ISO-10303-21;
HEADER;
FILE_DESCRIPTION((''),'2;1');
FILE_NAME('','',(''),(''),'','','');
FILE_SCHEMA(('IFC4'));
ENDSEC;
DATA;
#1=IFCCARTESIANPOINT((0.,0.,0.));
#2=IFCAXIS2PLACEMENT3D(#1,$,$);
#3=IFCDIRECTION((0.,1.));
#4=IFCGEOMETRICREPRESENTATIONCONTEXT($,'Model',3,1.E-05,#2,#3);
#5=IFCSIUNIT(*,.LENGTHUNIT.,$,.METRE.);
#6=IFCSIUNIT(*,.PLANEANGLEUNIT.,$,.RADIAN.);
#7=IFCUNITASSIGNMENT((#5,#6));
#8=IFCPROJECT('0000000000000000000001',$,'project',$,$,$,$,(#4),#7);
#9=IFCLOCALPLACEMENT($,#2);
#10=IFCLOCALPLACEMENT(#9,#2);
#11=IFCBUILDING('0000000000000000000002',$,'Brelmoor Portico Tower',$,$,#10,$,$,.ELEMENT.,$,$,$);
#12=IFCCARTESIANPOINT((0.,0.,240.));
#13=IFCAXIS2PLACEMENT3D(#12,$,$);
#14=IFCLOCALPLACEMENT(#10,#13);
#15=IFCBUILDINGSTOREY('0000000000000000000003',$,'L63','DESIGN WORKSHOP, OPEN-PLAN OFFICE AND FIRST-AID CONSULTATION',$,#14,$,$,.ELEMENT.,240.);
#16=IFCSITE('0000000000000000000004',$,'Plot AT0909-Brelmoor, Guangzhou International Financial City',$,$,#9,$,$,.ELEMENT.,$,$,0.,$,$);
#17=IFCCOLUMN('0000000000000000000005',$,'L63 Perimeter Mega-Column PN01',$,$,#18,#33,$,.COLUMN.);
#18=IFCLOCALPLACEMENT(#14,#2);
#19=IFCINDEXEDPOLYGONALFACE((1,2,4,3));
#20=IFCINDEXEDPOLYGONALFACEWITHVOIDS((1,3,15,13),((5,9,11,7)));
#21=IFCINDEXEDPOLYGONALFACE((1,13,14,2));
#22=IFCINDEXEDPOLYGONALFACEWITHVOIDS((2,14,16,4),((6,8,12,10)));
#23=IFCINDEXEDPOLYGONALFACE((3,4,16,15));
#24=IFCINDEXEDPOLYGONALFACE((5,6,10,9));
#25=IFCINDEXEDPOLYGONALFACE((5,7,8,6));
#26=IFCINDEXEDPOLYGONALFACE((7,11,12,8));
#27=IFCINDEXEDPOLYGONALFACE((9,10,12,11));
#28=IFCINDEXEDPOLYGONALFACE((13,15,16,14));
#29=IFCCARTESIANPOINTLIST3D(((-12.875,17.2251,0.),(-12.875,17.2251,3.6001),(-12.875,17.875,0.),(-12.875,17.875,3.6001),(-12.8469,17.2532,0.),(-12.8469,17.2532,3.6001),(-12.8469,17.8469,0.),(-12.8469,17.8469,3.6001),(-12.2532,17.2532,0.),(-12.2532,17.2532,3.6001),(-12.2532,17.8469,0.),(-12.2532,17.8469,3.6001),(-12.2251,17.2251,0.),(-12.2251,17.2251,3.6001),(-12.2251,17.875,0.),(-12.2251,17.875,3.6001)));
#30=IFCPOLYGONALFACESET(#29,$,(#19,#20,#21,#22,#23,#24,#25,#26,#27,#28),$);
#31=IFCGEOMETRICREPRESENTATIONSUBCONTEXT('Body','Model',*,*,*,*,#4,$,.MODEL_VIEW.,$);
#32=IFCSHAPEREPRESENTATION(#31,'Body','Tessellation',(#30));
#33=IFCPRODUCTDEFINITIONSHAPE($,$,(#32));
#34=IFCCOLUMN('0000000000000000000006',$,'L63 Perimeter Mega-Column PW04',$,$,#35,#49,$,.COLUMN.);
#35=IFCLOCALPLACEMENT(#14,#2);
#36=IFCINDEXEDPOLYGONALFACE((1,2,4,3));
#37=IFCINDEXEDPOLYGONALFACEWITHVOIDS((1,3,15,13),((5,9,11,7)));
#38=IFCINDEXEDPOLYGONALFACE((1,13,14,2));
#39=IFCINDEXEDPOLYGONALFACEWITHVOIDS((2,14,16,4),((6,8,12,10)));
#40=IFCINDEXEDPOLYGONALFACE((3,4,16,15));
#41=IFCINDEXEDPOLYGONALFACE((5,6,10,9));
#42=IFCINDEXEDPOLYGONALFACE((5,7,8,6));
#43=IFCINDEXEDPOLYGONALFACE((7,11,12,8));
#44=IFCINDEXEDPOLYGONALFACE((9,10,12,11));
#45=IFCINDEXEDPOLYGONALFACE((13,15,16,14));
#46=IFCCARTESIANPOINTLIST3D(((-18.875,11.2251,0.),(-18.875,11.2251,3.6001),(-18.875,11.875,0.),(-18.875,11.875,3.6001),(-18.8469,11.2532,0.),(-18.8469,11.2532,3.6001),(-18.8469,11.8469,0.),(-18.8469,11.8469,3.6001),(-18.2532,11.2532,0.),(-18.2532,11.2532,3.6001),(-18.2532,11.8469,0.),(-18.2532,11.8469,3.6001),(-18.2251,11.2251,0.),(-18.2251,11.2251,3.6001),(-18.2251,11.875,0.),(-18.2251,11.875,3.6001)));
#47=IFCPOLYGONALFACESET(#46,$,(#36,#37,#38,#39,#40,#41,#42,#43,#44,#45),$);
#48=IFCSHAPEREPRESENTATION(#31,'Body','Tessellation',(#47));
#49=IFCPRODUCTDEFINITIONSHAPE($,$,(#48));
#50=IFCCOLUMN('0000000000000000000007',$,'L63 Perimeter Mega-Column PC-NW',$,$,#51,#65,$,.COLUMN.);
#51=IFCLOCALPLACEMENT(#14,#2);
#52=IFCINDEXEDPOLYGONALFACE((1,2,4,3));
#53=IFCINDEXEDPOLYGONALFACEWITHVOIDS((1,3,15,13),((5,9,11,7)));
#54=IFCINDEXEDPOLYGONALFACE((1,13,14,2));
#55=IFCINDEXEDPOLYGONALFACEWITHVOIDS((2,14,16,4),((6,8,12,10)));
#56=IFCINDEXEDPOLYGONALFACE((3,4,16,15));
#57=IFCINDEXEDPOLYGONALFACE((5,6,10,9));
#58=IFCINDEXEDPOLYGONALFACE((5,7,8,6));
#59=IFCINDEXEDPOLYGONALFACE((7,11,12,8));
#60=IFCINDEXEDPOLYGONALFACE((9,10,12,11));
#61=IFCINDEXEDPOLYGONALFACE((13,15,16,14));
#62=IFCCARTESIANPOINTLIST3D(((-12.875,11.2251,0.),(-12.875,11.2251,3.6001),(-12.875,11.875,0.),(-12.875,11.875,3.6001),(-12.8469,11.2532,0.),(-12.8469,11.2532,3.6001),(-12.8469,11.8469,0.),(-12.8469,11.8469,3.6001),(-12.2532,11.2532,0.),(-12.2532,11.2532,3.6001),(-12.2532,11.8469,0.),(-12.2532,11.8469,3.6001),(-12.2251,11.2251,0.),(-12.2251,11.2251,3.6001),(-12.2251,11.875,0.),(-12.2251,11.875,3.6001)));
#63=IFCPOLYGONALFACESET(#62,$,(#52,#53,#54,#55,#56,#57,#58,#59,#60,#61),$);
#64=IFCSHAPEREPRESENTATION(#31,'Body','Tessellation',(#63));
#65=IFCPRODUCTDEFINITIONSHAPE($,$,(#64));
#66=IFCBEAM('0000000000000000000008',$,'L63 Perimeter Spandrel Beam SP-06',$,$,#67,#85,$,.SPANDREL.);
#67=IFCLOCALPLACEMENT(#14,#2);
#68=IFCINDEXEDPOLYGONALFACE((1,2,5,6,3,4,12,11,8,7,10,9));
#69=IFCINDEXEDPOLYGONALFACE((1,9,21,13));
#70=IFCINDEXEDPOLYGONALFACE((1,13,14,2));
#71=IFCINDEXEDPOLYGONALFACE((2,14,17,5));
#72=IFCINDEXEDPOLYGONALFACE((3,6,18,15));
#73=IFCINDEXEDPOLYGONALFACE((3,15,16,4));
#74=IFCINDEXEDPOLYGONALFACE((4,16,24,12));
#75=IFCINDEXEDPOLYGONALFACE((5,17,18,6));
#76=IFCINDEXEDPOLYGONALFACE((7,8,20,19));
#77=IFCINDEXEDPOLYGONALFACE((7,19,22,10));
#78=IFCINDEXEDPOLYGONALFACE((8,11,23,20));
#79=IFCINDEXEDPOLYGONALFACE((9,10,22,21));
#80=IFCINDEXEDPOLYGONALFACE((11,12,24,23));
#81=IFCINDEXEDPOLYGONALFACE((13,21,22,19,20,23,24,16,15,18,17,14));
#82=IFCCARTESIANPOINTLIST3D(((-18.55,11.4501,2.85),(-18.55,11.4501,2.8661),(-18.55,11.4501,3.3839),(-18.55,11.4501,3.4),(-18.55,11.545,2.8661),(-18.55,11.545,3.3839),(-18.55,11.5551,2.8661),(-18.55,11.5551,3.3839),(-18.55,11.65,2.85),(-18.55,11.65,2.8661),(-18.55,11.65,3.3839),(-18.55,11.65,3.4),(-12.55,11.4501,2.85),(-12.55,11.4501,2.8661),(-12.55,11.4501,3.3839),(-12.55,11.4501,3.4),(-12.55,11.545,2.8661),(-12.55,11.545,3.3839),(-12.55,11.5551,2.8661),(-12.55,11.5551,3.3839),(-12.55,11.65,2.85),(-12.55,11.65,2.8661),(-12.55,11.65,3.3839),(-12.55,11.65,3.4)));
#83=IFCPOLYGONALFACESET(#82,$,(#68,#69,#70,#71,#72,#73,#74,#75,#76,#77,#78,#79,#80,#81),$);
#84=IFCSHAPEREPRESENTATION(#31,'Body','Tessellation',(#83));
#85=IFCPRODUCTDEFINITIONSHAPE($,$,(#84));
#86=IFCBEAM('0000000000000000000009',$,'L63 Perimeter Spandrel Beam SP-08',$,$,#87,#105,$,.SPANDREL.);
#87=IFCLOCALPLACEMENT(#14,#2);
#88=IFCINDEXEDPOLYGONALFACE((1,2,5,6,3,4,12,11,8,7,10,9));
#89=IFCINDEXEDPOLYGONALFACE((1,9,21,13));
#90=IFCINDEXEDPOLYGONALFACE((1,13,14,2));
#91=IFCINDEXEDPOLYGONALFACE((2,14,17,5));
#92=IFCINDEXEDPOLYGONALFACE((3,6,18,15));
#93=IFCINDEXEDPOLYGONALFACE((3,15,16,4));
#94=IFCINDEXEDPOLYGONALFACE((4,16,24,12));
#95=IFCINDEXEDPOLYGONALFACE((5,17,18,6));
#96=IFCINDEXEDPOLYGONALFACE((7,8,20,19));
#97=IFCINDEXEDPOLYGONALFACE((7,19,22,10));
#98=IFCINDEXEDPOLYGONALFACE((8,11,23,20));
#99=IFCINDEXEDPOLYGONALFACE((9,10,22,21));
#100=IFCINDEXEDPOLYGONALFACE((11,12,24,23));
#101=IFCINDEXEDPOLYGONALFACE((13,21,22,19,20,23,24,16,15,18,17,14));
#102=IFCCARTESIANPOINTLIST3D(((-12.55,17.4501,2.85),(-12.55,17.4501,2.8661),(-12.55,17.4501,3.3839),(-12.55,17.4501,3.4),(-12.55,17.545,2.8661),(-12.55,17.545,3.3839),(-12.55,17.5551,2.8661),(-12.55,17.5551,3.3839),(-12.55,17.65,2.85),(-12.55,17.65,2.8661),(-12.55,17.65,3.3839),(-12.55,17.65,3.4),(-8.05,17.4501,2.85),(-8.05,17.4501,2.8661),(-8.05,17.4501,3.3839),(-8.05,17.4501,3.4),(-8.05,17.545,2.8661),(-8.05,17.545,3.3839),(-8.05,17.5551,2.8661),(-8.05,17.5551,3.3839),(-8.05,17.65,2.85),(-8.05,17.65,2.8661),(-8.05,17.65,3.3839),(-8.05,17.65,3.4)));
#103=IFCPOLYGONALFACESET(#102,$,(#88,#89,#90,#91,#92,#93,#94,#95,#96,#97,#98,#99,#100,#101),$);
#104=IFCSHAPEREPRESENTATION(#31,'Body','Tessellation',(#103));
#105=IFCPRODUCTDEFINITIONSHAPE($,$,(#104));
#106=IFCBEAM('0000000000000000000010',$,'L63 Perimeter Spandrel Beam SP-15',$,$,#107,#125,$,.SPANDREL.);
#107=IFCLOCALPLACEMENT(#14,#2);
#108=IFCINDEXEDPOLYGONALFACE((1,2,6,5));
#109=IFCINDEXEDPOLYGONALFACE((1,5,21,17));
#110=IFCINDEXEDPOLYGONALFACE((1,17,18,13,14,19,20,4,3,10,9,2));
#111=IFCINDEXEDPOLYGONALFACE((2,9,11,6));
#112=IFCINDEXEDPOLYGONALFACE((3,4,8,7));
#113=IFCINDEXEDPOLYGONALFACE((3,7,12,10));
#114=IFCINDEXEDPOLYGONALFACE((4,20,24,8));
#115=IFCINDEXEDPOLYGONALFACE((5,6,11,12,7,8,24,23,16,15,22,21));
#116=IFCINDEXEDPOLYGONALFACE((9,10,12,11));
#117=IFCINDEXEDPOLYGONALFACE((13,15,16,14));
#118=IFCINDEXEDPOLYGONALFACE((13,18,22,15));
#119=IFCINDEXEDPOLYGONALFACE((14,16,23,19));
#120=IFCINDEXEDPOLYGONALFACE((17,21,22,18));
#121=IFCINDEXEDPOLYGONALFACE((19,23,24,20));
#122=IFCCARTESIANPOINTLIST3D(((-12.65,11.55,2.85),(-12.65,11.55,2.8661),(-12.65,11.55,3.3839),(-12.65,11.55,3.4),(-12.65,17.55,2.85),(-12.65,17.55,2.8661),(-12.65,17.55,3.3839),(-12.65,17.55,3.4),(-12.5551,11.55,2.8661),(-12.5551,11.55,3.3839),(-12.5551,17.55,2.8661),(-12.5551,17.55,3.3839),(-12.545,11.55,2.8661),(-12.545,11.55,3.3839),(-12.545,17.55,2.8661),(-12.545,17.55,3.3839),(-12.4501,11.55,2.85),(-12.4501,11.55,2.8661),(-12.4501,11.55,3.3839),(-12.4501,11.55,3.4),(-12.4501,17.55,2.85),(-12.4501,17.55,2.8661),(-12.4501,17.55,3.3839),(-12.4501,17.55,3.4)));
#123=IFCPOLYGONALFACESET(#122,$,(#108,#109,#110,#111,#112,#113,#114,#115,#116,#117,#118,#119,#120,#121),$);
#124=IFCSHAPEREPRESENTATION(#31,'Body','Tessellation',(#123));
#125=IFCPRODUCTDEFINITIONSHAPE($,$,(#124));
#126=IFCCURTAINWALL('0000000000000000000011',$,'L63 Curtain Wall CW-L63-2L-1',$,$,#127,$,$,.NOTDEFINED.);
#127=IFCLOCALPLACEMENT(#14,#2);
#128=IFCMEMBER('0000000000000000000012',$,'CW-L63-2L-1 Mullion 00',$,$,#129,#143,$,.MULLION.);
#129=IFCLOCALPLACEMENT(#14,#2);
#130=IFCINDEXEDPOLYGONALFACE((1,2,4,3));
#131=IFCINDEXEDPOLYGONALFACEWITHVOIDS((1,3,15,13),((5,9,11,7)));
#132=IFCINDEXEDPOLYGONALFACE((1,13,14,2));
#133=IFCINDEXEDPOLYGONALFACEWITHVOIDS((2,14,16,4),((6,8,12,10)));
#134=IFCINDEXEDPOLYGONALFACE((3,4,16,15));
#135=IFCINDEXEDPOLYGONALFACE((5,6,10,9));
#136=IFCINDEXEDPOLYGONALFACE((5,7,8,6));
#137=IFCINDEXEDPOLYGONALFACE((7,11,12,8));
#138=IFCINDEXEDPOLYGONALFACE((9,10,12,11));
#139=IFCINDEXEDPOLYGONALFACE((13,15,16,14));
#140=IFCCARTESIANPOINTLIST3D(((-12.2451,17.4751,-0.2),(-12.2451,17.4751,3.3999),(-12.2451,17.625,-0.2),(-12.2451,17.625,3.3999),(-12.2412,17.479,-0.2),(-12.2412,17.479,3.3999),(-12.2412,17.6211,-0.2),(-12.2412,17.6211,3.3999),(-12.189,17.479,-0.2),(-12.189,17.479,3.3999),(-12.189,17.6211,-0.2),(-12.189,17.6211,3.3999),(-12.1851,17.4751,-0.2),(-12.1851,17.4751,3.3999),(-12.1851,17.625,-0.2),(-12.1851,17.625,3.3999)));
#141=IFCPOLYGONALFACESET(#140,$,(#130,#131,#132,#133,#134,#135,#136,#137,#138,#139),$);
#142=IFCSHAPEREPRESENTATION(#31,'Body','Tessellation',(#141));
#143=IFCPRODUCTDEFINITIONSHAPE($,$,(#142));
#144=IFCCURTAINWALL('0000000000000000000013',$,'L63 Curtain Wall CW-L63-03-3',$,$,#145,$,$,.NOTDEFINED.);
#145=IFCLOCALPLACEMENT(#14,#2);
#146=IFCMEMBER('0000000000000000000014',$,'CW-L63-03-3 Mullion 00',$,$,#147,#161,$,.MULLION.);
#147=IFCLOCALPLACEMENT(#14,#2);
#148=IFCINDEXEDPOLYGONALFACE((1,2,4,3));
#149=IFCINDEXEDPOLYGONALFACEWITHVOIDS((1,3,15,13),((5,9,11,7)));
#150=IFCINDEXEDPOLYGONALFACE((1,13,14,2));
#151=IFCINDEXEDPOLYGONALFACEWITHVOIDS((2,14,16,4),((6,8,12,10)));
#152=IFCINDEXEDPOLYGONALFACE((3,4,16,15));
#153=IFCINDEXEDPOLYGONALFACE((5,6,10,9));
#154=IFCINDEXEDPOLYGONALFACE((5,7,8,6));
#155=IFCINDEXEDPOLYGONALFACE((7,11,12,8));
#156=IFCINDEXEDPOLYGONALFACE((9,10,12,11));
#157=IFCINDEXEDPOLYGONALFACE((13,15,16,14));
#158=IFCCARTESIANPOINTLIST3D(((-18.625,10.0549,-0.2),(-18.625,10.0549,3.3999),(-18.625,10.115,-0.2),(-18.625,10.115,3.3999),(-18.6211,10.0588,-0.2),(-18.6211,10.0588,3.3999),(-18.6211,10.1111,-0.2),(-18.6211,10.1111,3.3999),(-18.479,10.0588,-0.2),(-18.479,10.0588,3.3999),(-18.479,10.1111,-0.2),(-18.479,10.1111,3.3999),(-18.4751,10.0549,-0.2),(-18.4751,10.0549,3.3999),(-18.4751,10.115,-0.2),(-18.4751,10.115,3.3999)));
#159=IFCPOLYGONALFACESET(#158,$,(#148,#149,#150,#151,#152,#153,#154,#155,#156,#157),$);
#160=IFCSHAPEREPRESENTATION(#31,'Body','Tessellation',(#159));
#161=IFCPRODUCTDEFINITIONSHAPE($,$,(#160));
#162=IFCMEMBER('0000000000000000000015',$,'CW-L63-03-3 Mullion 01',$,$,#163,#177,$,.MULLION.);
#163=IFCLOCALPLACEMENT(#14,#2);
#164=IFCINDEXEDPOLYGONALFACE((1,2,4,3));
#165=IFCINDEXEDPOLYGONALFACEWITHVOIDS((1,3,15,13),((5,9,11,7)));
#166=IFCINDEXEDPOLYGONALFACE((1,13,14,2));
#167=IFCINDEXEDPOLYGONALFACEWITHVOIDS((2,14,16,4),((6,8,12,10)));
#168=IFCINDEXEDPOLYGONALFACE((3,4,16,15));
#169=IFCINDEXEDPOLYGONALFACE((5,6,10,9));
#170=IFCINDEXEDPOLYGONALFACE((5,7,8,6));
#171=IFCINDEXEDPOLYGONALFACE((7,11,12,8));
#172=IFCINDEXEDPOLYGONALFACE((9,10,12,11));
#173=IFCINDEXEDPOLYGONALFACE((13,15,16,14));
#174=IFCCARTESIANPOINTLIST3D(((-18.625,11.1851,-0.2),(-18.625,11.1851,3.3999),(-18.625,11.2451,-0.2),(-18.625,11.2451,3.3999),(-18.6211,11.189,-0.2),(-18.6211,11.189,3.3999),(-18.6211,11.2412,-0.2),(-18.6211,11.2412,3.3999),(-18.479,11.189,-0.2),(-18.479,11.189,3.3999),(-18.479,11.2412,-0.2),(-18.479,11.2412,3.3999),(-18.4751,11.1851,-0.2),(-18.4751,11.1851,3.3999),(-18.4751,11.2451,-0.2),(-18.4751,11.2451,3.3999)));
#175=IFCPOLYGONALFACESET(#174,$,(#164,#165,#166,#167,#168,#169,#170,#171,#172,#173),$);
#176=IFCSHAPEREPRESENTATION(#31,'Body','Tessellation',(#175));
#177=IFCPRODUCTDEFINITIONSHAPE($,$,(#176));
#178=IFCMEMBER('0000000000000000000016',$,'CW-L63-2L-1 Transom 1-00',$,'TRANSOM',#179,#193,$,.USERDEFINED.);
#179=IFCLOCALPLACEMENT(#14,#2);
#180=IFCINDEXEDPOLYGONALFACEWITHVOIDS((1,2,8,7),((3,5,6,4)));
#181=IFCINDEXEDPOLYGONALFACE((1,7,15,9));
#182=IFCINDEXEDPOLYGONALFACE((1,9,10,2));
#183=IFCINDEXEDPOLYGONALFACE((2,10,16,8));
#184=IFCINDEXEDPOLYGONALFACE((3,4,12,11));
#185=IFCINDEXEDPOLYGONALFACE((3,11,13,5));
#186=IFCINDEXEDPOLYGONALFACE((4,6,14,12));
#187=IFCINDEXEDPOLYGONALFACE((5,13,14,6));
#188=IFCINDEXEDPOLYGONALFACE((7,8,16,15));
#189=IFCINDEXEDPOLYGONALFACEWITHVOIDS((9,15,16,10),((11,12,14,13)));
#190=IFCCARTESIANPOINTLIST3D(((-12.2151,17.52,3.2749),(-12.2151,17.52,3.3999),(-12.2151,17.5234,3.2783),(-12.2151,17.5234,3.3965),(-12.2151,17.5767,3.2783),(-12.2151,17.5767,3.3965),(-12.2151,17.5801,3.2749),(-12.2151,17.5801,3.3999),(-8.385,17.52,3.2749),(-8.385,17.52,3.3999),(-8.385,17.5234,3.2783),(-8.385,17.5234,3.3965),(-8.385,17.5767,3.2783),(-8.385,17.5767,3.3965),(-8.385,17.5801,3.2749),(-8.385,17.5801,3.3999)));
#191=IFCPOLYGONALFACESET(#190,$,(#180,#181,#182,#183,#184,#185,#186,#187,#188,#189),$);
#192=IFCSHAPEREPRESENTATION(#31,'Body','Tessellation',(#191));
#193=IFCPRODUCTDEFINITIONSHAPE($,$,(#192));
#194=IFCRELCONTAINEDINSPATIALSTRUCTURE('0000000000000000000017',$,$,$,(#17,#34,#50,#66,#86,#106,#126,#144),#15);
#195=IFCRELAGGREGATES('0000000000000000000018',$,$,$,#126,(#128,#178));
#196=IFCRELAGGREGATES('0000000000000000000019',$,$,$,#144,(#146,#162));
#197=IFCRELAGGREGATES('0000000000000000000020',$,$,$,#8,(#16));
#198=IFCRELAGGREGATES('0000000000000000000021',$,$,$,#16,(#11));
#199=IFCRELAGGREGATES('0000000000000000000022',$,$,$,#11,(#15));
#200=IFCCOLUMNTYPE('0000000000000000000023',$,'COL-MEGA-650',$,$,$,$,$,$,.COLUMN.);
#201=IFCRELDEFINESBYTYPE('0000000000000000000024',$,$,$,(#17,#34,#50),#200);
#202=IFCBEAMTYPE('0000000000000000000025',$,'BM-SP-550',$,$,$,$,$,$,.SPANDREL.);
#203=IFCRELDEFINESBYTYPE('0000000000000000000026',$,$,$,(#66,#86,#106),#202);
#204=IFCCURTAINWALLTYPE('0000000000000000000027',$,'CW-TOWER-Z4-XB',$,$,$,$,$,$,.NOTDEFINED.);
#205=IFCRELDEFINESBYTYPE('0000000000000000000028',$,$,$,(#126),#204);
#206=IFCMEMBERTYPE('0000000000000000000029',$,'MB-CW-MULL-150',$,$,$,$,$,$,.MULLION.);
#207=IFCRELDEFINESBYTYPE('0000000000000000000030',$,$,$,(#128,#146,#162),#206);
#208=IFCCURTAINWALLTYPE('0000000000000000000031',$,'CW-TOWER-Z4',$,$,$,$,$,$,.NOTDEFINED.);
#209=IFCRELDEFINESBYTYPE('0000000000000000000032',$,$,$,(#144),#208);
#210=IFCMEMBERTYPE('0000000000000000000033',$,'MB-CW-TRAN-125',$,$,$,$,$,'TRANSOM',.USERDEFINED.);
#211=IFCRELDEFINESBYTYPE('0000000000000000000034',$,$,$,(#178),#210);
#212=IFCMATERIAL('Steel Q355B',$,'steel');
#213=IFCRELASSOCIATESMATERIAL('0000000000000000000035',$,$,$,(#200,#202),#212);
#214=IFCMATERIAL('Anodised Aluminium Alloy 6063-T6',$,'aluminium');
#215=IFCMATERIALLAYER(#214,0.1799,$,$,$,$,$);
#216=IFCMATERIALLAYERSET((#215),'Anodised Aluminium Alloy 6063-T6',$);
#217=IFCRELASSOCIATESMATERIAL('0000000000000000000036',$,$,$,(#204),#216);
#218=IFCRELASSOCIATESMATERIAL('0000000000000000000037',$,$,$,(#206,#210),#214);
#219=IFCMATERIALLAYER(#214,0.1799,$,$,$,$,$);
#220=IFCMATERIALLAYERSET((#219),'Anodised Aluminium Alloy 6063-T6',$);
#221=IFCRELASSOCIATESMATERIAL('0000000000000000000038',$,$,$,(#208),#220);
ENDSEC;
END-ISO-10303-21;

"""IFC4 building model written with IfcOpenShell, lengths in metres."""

from ifc_helpers import new_model, si_unit, direction, frame, origin, origin_2d, place, context, subcontext, project, spatial, hollow_rectangle, i_section, extrude, material, layer, layer_set, material_profile, profile_set, type_object, element, aggregate, save


model = new_model("IFC4")

# Units and contexts
model_context = context("Model", 3, precision=1e-05, world=origin(), true_north=direction((0.0, 1.0)))
body_context = subcontext(model_context, "Body", "Model", "MODEL_VIEW")
ifc_project = project(units=[si_unit("LENGTHUNIT", "METRE"), si_unit("PLANEANGLEUNIT", "RADIAN")], contexts=[model_context])

# Site, building, storey
site_placement = place(None, origin())
site = spatial("IfcSite", under=ifc_project, at=site_placement, Name="Plot AT0909-Brelmoor, Guangzhou International Financial City", CompositionType="ELEMENT", RefElevation=0.0)
building_placement = place(site_placement, origin())
building = spatial("IfcBuilding", under=site, at=building_placement, Name="Brelmoor Portico Tower", CompositionType="ELEMENT")
storey_placement = place(building_placement, frame((0.0, 0.0, 240.0)))
storey = spatial("IfcBuildingStorey", under=building, at=storey_placement, Name="L63", Description="DESIGN WORKSHOP, OPEN-PLAN OFFICE AND FIRST-AID CONSULTATION", CompositionType="ELEMENT", Elevation=240.0)

# Columns
ifc_material_1 = material(Name="Steel Q355B", Category="steel")
ifc_material_profile_1 = material_profile(ifc_material_1, hollow_rectangle(XDim=0.6499, YDim=0.6499, WallThickness=0.0281, at=origin_2d()), Name="BOX 650x650x28")
ifc_profile_set_1 = profile_set([ifc_material_profile_1], Name="Steel Q355B")
column_type = type_object("IfcColumnType", Name="COL-MEGA-650", PredefinedType="COLUMN", material=ifc_profile_set_1)
for number, where, z_axis, x_axis, name in (
    (1, (-12.55, 17.55, 0.0), (0.0, 0.0, 1.0), (1.0, 0.0, 0.0), "L63 Perimeter Mega-Column PN01"),
    (2, (-18.55, 11.55, 0.0), (0.0, 0.0, 1.0), (0.0, 1.0, 0.0), "L63 Perimeter Mega-Column PW04"),
    (3, (-12.55, 11.55, 0.0), (0.0, 0.0, 1.0), (1.0, 0.0, 0.0), "L63 Perimeter Mega-Column PC-NW"),
):
    element("IfcColumn", number, at=place(storey_placement, frame(where, z_axis=z_axis, x_axis=x_axis)), inside=storey, type_object=column_type, Name=name, PredefinedType="COLUMN", context=body_context, shape_type="SweptSolid", body=[
        extrude(hollow_rectangle(XDim=0.6499, YDim=0.6499, WallThickness=0.0281, at=origin_2d()), origin(), (0.0, 0.0, 1.0), 3.6001),
    ])

# Beams
ifc_material_profile_2 = material_profile(ifc_material_1, i_section(OverallWidth=0.2, OverallDepth=0.55, WebThickness=0.01, FlangeThickness=0.0161, at=origin_2d()), Name="HN 550x200x10x16")
ifc_profile_set_2 = profile_set([ifc_material_profile_2], Name="Steel Q355B")
beam_type = type_object("IfcBeamType", Name="BM-SP-550", PredefinedType="SPANDREL", material=ifc_profile_set_2)
beam_1_placement = place(storey_placement, frame((-18.55, 11.55, 3.125), z_axis=(1.0, 0.0, 0.0), x_axis=(0.0, 1.0, 0.0)))
element("IfcBeam", 4, at=beam_1_placement, inside=storey, type_object=beam_type, Name="L63 Perimeter Spandrel Beam SP-06", PredefinedType="SPANDREL", context=body_context, shape_type="SweptSolid", body=[
    extrude(i_section(OverallWidth=0.2, OverallDepth=0.55, WebThickness=0.01, FlangeThickness=0.0161, at=origin_2d()), origin(), (0.0, 0.0, 1.0), 6.0),
])
beam_2_placement = place(storey_placement, frame((-12.55, 17.55, 3.125), z_axis=(1.0, 0.0, 0.0), x_axis=(0.0, 1.0, 0.0)))
element("IfcBeam", 5, at=beam_2_placement, inside=storey, type_object=beam_type, Name="L63 Perimeter Spandrel Beam SP-08", PredefinedType="SPANDREL", context=body_context, shape_type="SweptSolid", body=[
    extrude(i_section(OverallWidth=0.2, OverallDepth=0.55, WebThickness=0.01, FlangeThickness=0.0161, at=origin_2d()), origin(), (0.0, 0.0, 1.0), 4.5),
])
beam_3_placement = place(storey_placement, frame((-12.55, 11.55, 3.125), z_axis=(0.0, 1.0, 0.0), x_axis=(-1.0, 0.0, 0.0)))
element("IfcBeam", 6, at=beam_3_placement, inside=storey, type_object=beam_type, Name="L63 Perimeter Spandrel Beam SP-15", PredefinedType="SPANDREL", context=body_context, shape_type="SweptSolid", body=[
    extrude(i_section(OverallWidth=0.2, OverallDepth=0.55, WebThickness=0.01, FlangeThickness=0.0161, at=origin_2d()), origin(), (0.0, 0.0, 1.0), 6.0),
])

# Curtain wall, member
ifc_material_2 = material(Name="Anodised Aluminium Alloy 6063-T6", Category="aluminium")
ifc_layer_1 = layer(ifc_material_2, 0.1799)
ifc_layer_set_1 = layer_set([ifc_layer_1], Name="Anodised Aluminium Alloy 6063-T6")
curtain_wall_type_1 = type_object("IfcCurtainWallType", Name="CW-TOWER-Z4-XB", PredefinedType="NOTDEFINED", material=ifc_layer_set_1)
curtain_wall_1_placement = place(storey_placement, origin())
curtain_wall_1 = element("IfcCurtainWall", 7, at=curtain_wall_1_placement, inside=storey, type_object=curtain_wall_type_1, Name="L63 Curtain Wall CW-L63-2L-1", PredefinedType="NOTDEFINED")
ifc_material_profile_3 = material_profile(ifc_material_2, hollow_rectangle(XDim=0.0601, YDim=0.1499, WallThickness=0.0039, at=origin_2d()), Name="ALU MULLION 60x150")
ifc_profile_set_3 = profile_set([ifc_material_profile_3], Name="Anodised Aluminium Alloy 6063-T6")
member_type_1 = type_object("IfcMemberType", Name="MB-CW-MULL-150", PredefinedType="MULLION", material=ifc_profile_set_3)
member_1_placement = place(storey_placement, frame((-12.2151, 17.55, -0.2), z_axis=(0.0, 0.0, 1.0), x_axis=(1.0, 0.0, 0.0)))
member_1 = element("IfcMember", 8, at=member_1_placement, type_object=member_type_1, Name="CW-L63-2L-1 Mullion 00", PredefinedType="MULLION", context=body_context, shape_type="SweptSolid", body=[
    extrude(hollow_rectangle(XDim=0.0601, YDim=0.1499, WallThickness=0.0039, at=origin_2d()), origin(), (0.0, 0.0, 1.0), 3.5999),
])

# Curtain wall, members
ifc_layer_2 = layer(ifc_material_2, 0.1799)
ifc_layer_set_2 = layer_set([ifc_layer_2], Name="Anodised Aluminium Alloy 6063-T6")
curtain_wall_type_2 = type_object("IfcCurtainWallType", Name="CW-TOWER-Z4", PredefinedType="NOTDEFINED", material=ifc_layer_set_2)
curtain_wall_2_placement = place(storey_placement, origin())
curtain_wall_2 = element("IfcCurtainWall", 9, at=curtain_wall_2_placement, inside=storey, type_object=curtain_wall_type_2, Name="L63 Curtain Wall CW-L63-03-3", PredefinedType="NOTDEFINED")
member_2_placement = place(storey_placement, frame((-18.55, 10.085, -0.2), z_axis=(0.0, 0.0, 1.0), x_axis=(0.0, 1.0, 0.0)))
member_2 = element("IfcMember", 10, at=member_2_placement, type_object=member_type_1, Name="CW-L63-03-3 Mullion 00", PredefinedType="MULLION", context=body_context, shape_type="SweptSolid", body=[
    extrude(hollow_rectangle(XDim=0.0601, YDim=0.1499, WallThickness=0.0039, at=origin_2d()), origin(), (0.0, 0.0, 1.0), 3.5999),
])
member_3_placement = place(storey_placement, frame((-18.55, 11.2151, -0.2), z_axis=(0.0, 0.0, 1.0), x_axis=(0.0, 1.0, 0.0)))
member_3 = element("IfcMember", 11, at=member_3_placement, type_object=member_type_1, Name="CW-L63-03-3 Mullion 01", PredefinedType="MULLION", context=body_context, shape_type="SweptSolid", body=[
    extrude(hollow_rectangle(XDim=0.0601, YDim=0.1499, WallThickness=0.0039, at=origin_2d()), origin(), (0.0, 0.0, 1.0), 3.5999),
])

# Member
ifc_material_profile_4 = material_profile(ifc_material_2, hollow_rectangle(XDim=0.0601, YDim=0.125, WallThickness=0.0034, at=origin_2d()), Name="ALU TRANSOM 60x125")
ifc_profile_set_4 = profile_set([ifc_material_profile_4], Name="Anodised Aluminium Alloy 6063-T6")
member_type_2 = type_object("IfcMemberType", Name="MB-CW-TRAN-125", ElementType="TRANSOM", PredefinedType="USERDEFINED", material=ifc_profile_set_4)
member_4_placement = place(storey_placement, frame((-12.2151, 17.55, 3.3374), z_axis=(1.0, 0.0, 0.0), x_axis=(0.0, 1.0, 0.0)))
member_4 = element("IfcMember", 12, at=member_4_placement, type_object=member_type_2, Name="CW-L63-2L-1 Transom 1-00", ObjectType="TRANSOM", PredefinedType="USERDEFINED", context=body_context, shape_type="SweptSolid", body=[
    extrude(hollow_rectangle(XDim=0.0601, YDim=0.125, WallThickness=0.0034, at=origin_2d()), origin(), (0.0, 0.0, 1.0), 3.8301),
])

aggregate(curtain_wall_1, [member_1, member_4])
aggregate(curtain_wall_2, [member_2, member_3])

save(model, "model.ifc")
